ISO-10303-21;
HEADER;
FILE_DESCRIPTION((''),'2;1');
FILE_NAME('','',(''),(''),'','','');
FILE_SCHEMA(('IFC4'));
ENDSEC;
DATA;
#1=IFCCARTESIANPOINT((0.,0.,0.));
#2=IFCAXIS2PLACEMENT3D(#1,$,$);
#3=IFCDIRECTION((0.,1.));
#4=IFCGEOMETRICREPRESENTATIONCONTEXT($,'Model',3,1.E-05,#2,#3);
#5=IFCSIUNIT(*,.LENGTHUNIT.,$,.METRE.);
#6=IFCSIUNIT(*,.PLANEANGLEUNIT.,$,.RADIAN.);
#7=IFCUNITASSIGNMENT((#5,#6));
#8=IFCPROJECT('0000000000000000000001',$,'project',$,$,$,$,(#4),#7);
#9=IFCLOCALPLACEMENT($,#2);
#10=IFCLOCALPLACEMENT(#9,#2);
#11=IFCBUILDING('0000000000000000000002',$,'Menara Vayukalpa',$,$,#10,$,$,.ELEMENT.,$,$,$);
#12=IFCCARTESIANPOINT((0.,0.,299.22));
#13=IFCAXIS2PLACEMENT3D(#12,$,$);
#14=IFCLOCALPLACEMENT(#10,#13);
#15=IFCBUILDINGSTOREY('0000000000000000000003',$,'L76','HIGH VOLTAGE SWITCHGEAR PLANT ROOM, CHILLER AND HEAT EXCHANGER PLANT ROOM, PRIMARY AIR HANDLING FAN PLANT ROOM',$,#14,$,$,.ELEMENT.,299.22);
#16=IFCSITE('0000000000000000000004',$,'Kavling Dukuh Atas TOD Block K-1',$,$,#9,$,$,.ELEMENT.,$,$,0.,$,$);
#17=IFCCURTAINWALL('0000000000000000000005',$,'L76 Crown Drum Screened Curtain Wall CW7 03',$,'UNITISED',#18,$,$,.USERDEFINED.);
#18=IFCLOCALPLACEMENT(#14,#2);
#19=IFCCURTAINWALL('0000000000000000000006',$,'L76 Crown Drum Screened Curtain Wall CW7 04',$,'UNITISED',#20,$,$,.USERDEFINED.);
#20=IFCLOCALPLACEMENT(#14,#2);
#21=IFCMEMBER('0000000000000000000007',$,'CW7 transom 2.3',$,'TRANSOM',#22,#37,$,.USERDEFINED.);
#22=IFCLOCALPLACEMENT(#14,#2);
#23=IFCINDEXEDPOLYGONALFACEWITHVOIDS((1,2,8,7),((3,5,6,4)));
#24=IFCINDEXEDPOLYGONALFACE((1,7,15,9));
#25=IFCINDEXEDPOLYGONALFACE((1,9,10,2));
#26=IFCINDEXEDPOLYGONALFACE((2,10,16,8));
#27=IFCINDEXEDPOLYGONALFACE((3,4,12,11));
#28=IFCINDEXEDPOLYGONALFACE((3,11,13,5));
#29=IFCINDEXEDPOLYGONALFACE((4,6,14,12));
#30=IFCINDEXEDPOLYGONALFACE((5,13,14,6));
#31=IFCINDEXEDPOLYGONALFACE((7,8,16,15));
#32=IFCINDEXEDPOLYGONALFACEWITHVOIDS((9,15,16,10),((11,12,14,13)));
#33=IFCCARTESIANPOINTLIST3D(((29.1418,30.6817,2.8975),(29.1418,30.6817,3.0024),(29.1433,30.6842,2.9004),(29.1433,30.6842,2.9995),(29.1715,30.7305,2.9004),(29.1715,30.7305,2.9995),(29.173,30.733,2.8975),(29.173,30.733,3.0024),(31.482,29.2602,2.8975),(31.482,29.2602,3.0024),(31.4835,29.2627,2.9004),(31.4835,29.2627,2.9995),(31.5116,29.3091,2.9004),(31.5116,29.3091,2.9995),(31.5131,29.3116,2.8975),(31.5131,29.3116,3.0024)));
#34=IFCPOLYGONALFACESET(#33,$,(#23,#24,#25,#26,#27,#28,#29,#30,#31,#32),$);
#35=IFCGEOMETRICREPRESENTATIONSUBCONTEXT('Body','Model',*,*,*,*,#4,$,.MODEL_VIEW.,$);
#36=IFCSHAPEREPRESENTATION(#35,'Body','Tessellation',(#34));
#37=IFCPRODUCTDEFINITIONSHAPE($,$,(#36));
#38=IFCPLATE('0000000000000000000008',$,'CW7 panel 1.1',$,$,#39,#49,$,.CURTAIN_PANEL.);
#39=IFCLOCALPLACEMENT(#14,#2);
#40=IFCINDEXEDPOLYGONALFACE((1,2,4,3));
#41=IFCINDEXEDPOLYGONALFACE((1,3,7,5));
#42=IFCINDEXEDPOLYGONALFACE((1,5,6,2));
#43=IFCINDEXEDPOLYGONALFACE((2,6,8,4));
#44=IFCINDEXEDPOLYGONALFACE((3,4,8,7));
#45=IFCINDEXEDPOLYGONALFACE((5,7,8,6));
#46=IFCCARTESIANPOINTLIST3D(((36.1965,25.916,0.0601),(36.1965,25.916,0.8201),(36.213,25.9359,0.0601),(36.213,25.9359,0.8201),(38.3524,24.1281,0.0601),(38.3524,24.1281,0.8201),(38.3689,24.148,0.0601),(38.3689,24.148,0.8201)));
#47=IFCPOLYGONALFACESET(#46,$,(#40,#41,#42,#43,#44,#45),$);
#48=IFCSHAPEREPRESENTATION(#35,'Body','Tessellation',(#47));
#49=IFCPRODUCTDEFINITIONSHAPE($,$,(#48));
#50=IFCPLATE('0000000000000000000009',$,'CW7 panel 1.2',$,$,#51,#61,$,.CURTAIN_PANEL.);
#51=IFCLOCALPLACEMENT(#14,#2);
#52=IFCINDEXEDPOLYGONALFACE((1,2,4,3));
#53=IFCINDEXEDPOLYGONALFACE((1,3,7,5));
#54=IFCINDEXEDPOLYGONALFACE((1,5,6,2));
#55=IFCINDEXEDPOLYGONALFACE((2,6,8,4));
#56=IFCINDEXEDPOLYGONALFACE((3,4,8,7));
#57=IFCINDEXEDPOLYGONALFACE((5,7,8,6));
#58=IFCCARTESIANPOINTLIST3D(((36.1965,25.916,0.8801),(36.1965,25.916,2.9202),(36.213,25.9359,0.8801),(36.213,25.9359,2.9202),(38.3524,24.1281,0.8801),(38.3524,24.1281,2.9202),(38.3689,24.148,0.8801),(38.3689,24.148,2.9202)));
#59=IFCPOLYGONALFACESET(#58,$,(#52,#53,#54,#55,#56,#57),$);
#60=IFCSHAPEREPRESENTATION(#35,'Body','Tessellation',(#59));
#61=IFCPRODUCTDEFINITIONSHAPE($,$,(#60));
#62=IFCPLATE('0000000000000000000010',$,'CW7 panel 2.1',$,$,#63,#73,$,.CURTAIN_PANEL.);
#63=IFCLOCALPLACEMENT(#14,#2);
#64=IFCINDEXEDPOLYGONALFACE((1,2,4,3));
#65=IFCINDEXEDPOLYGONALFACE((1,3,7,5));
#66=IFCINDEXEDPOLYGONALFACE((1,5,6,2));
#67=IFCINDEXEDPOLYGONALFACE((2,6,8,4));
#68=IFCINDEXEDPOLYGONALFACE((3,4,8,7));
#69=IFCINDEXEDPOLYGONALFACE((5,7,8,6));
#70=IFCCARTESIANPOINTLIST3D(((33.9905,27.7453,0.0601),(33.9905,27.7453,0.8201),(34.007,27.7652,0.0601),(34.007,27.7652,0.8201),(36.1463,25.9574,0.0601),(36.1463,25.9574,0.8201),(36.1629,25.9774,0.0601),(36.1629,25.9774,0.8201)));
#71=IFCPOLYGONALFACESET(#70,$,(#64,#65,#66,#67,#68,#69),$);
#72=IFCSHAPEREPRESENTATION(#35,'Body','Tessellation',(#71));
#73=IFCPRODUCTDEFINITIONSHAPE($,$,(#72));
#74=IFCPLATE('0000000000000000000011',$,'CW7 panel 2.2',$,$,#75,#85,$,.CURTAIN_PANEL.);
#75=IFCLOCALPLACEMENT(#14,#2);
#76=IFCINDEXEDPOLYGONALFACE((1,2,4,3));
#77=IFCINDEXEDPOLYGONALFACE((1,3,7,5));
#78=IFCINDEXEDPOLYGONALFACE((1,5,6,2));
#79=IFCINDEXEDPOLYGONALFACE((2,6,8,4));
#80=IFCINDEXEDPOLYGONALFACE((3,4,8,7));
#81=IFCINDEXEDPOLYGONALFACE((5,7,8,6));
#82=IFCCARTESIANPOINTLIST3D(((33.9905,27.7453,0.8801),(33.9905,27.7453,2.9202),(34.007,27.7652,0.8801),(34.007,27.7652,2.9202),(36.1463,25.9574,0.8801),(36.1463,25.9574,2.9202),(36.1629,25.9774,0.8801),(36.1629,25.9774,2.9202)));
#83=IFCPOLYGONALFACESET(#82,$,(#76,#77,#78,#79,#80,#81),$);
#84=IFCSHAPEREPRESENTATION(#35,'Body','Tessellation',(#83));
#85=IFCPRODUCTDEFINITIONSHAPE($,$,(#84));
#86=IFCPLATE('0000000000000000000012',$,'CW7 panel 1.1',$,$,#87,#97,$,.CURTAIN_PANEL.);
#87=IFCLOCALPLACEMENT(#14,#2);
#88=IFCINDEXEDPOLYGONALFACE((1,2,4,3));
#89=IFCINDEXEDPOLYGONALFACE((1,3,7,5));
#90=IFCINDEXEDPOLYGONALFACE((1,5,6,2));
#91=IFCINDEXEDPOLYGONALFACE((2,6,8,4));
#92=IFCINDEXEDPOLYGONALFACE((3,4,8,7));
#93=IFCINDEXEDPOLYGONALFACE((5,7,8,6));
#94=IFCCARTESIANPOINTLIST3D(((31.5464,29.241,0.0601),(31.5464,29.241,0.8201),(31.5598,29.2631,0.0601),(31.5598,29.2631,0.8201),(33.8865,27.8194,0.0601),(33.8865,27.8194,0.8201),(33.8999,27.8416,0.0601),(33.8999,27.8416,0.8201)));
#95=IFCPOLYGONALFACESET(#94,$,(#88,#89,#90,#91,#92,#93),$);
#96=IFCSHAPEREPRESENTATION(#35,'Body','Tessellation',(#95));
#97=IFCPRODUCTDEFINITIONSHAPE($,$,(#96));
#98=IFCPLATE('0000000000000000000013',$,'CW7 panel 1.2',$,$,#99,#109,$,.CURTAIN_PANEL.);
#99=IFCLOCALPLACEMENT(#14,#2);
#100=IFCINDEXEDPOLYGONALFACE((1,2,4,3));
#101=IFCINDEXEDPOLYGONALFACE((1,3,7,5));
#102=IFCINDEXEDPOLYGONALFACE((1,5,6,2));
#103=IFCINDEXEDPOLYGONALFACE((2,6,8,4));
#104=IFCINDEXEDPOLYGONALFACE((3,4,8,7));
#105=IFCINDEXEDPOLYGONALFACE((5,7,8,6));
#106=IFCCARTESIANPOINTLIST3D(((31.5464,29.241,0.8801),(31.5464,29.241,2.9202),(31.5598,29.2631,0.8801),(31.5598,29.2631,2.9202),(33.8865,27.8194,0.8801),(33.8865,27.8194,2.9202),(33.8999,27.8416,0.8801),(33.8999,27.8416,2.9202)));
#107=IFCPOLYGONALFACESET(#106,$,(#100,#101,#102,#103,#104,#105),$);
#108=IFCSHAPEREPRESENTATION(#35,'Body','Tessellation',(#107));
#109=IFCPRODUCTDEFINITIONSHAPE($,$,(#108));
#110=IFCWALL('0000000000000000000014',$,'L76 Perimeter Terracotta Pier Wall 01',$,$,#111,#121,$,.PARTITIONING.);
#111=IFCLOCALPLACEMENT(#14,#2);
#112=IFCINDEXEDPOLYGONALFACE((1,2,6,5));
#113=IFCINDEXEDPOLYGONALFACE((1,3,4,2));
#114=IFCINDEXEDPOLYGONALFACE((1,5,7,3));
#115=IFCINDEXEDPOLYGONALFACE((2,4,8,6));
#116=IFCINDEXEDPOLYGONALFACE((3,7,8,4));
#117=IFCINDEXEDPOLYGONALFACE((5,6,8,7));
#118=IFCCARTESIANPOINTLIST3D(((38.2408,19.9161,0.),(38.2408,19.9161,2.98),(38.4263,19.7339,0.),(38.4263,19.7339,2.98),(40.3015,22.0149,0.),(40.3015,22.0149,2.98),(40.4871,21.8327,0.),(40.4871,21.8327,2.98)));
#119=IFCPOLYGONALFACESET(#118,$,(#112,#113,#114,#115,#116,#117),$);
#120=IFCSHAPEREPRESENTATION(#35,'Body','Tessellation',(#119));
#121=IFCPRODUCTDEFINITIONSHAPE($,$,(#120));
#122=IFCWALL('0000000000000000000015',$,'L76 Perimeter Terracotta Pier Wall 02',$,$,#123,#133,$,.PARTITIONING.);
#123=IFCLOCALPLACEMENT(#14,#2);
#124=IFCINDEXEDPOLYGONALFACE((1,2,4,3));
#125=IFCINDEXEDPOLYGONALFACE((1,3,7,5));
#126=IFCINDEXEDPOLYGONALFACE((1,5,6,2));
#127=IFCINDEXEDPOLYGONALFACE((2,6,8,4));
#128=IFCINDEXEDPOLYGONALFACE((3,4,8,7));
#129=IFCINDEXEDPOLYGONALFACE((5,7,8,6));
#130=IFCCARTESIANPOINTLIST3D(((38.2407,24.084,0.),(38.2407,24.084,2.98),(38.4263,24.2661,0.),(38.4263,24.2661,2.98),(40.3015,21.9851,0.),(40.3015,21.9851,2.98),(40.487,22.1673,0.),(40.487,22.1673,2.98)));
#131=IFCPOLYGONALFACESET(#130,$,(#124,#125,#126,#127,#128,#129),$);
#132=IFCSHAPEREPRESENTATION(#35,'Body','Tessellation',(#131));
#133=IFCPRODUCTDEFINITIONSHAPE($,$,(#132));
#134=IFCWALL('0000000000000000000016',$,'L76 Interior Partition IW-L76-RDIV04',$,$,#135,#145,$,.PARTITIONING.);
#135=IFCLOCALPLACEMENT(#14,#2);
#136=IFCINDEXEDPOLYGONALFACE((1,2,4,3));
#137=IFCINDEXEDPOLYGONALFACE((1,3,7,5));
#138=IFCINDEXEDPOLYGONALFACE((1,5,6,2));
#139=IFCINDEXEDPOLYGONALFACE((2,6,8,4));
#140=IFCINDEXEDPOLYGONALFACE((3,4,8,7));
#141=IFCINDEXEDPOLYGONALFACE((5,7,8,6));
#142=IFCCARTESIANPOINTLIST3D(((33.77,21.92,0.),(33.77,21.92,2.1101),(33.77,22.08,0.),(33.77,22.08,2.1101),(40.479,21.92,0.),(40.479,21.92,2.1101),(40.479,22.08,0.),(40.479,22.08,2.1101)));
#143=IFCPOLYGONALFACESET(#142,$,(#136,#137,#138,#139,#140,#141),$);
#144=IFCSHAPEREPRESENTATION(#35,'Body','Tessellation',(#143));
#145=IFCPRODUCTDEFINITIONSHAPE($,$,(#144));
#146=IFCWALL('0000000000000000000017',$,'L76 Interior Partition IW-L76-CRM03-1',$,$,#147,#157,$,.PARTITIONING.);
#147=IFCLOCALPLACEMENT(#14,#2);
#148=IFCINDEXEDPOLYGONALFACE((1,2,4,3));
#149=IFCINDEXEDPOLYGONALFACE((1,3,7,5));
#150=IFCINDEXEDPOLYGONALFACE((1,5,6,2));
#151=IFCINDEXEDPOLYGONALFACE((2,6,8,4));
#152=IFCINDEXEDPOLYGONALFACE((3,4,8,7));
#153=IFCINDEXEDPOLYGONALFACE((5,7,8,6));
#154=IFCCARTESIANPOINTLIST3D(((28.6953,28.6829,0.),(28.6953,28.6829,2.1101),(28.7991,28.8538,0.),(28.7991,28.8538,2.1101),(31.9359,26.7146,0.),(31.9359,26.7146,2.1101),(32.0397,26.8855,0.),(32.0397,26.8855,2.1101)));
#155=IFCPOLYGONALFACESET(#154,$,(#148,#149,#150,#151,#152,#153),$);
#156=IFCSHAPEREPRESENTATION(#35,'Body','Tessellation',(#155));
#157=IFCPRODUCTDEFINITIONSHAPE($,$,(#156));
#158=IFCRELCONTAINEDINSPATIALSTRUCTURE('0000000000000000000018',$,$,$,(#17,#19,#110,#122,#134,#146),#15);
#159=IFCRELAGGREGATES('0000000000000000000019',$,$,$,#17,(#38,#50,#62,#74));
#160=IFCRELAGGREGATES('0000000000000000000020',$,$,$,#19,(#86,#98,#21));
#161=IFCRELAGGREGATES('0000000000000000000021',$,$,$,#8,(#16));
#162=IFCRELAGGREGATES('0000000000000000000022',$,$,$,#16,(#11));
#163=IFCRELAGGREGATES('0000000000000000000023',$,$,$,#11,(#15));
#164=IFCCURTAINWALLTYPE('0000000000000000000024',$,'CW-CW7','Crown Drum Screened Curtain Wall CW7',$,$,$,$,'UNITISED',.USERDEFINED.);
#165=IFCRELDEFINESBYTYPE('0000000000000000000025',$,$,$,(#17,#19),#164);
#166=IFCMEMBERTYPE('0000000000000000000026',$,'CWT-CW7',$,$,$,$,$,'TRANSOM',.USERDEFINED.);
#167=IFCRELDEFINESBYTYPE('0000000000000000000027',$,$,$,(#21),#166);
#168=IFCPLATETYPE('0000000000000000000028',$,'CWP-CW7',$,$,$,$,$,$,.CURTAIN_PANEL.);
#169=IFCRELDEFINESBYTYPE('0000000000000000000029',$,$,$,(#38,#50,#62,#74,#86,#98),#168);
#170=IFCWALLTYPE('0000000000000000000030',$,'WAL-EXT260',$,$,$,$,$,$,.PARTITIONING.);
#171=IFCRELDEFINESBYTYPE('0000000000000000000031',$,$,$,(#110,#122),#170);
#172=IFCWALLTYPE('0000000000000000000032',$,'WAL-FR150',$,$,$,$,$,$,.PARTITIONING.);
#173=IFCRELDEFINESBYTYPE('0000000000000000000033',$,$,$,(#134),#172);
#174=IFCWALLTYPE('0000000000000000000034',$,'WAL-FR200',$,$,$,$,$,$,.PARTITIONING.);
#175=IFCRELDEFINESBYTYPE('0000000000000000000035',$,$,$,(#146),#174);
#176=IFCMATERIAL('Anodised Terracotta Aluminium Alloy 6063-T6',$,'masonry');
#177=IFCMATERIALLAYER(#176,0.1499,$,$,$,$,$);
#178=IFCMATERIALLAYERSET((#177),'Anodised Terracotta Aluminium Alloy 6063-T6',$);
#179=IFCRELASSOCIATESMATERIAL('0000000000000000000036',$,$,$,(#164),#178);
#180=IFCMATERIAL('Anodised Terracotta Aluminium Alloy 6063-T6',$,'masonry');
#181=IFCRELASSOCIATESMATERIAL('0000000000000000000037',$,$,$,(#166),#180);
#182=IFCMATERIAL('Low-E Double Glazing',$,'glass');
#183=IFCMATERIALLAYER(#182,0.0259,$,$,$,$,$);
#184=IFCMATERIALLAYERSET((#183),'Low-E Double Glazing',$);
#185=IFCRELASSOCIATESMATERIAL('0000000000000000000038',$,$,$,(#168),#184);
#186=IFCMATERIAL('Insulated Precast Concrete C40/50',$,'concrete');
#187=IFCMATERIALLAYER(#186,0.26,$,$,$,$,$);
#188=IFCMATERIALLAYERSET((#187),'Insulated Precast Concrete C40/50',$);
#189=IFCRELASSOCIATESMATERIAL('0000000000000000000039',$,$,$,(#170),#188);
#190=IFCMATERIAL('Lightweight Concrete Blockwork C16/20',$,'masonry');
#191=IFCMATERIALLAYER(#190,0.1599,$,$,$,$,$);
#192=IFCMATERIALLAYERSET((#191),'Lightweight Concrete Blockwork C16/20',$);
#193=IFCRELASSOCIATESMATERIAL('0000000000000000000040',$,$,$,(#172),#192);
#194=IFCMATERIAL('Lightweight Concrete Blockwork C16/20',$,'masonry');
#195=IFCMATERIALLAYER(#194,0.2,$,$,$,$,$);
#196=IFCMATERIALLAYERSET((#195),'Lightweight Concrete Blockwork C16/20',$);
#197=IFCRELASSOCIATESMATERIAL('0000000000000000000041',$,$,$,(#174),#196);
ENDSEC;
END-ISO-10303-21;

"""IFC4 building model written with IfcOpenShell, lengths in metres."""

from ifc_helpers import new_model, si_unit, direction, frame, frame_2d, origin, origin_2d, place, context, subcontext, project, spatial, rectangle, hollow_rectangle, extrude, material, layer, layer_set, material_profile, profile_set, type_object, element, aggregate, save


model = new_model("IFC4")

# Units and contexts
model_context = context("Model", 3, precision=1e-05, world=origin(), true_north=direction((0.0, 1.0)))
body_context = subcontext(model_context, "Body", "Model", "MODEL_VIEW")
ifc_project = project(units=[si_unit("LENGTHUNIT", "METRE"), si_unit("PLANEANGLEUNIT", "RADIAN")], contexts=[model_context])

# Site, building, storey
site_placement = place(None, origin())
site = spatial("IfcSite", under=ifc_project, at=site_placement, Name="Kavling Dukuh Atas TOD Block K-1", CompositionType="ELEMENT", RefElevation=0.0)
building_placement = place(site_placement, origin())
building = spatial("IfcBuilding", under=site, at=building_placement, Name="Menara Vayukalpa", CompositionType="ELEMENT")
storey_placement = place(building_placement, frame((0.0, 0.0, 299.22)))
storey = spatial("IfcBuildingStorey", under=building, at=storey_placement, Name="L76", Description="HIGH VOLTAGE SWITCHGEAR PLANT ROOM, CHILLER AND HEAT EXCHANGER PLANT ROOM, PRIMARY AIR HANDLING FAN PLANT ROOM", CompositionType="ELEMENT", Elevation=299.22)

# Curtain walls
ifc_material_1 = material(Name="Anodised Terracotta Aluminium Alloy 6063-T6", Category="masonry")
ifc_layer_1 = layer(ifc_material_1, 0.1499)
ifc_layer_set_1 = layer_set([ifc_layer_1], Name="Anodised Terracotta Aluminium Alloy 6063-T6")
curtain_wall_type = type_object("IfcCurtainWallType", Name="CW-CW7", Description="Crown Drum Screened Curtain Wall CW7", ElementType="UNITISED", PredefinedType="USERDEFINED", material=ifc_layer_set_1)
curtain_wall_1_placement = place(storey_placement, origin())
curtain_wall_1 = element("IfcCurtainWall", 1, at=curtain_wall_1_placement, inside=storey, type_object=curtain_wall_type, Name="L76 Crown Drum Screened Curtain Wall CW7 03", ObjectType="UNITISED", PredefinedType="USERDEFINED")
curtain_wall_2_placement = place(storey_placement, origin())
curtain_wall_2 = element("IfcCurtainWall", 2, at=curtain_wall_2_placement, inside=storey, type_object=curtain_wall_type, Name="L76 Crown Drum Screened Curtain Wall CW7 04", ObjectType="UNITISED", PredefinedType="USERDEFINED")

# Member
ifc_material_2 = material(Name="Anodised Terracotta Aluminium Alloy 6063-T6", Category="masonry")
ifc_material_profile_1 = material_profile(ifc_material_2, hollow_rectangle(XDim=0.0601, YDim=0.105, WallThickness=0.0029, at=origin_2d()), Name="ALU 60x105x3")
ifc_profile_set_1 = profile_set([ifc_material_profile_1], Name="Anodised Terracotta Aluminium Alloy 6063-T6")
member_type_1 = type_object("IfcMemberType", Name="CWT-CW7", ElementType="TRANSOM", PredefinedType="USERDEFINED", material=ifc_profile_set_1)
member_1_placement = place(storey_placement, frame((31.4976, 29.2859, 2.95), z_axis=(-0.854687, 0.519143, 0.0), x_axis=(-0.519143, -0.854687, 0.0)))
member_1 = element("IfcMember", 3, at=member_1_placement, type_object=member_type_1, Name="CW7 transom 2.3", ObjectType="TRANSOM", PredefinedType="USERDEFINED", context=body_context, shape_type="SweptSolid", body=[
    extrude(hollow_rectangle(XDim=0.0601, YDim=0.105, WallThickness=0.0029, at=origin_2d()), origin(), (0.0, 0.0, 1.0), 2.738),
])

# Plates
ifc_material_3 = material(Name="Low-E Double Glazing", Category="glass")
ifc_layer_2 = layer(ifc_material_3, 0.0259)
ifc_layer_set_2 = layer_set([ifc_layer_2], Name="Low-E Double Glazing")
plate_type = type_object("IfcPlateType", Name="CWP-CW7", PredefinedType="CURTAIN_PANEL", material=ifc_layer_set_2)
plate_1_placement = place(storey_placement, frame((37.2827, 25.032, 0.0601), z_axis=(0.0, 0.0, 1.0), x_axis=(-0.769749, 0.638347, 0.0)))
plate_1 = element("IfcPlate", 4, at=plate_1_placement, type_object=plate_type, Name="CW7 panel 1.1", PredefinedType="CURTAIN_PANEL", context=body_context, shape_type="SweptSolid", body=[
    extrude(rectangle(XDim=2.8008, YDim=0.0259, at=origin_2d()), origin(), (0.0, 0.0, 1.0), 0.76),
])
plate_2_placement = place(storey_placement, frame((37.2827, 25.032, 0.8801), z_axis=(0.0, 0.0, 1.0), x_axis=(-0.769749, 0.638347, 0.0)))
plate_2 = element("IfcPlate", 5, at=plate_2_placement, type_object=plate_type, Name="CW7 panel 1.2", PredefinedType="CURTAIN_PANEL", context=body_context, shape_type="SweptSolid", body=[
    extrude(rectangle(XDim=2.8008, YDim=0.0259, at=origin_2d()), origin(), (0.0, 0.0, 1.0), 2.04),
])
plate_3_placement = place(storey_placement, frame((35.0767, 26.8613, 0.0601), z_axis=(0.0, 0.0, 1.0), x_axis=(-0.769749, 0.638347, 0.0)))
plate_3 = element("IfcPlate", 6, at=plate_3_placement, type_object=plate_type, Name="CW7 panel 2.1", PredefinedType="CURTAIN_PANEL", context=body_context, shape_type="SweptSolid", body=[
    extrude(rectangle(XDim=2.8008, YDim=0.0259, at=origin_2d()), origin(), (0.0, 0.0, 1.0), 0.76),
])
plate_4_placement = place(storey_placement, frame((35.0767, 26.8613, 0.8801), z_axis=(0.0, 0.0, 1.0), x_axis=(-0.769749, 0.638347, 0.0)))
plate_4 = element("IfcPlate", 7, at=plate_4_placement, type_object=plate_type, Name="CW7 panel 2.2", PredefinedType="CURTAIN_PANEL", context=body_context, shape_type="SweptSolid", body=[
    extrude(rectangle(XDim=2.8008, YDim=0.0259, at=origin_2d()), origin(), (0.0, 0.0, 1.0), 2.04),
])
aggregate(curtain_wall_1, [plate_1, plate_2, plate_3, plate_4])
plate_5_placement = place(storey_placement, frame((32.7231, 28.5413, 0.0601), z_axis=(0.0, 0.0, 1.0), x_axis=(-0.854667, 0.519176, 0.0)))
plate_5 = element("IfcPlate", 8, at=plate_5_placement, type_object=plate_type, Name="CW7 panel 1.1", PredefinedType="CURTAIN_PANEL", context=body_context, shape_type="SweptSolid", body=[
    extrude(rectangle(XDim=2.738, YDim=0.0259, at=origin_2d()), origin(), (0.0, 0.0, 1.0), 0.76),
])
plate_6_placement = place(storey_placement, frame((32.7231, 28.5413, 0.8801), z_axis=(0.0, 0.0, 1.0), x_axis=(-0.854667, 0.519176, 0.0)))
plate_6 = element("IfcPlate", 9, at=plate_6_placement, type_object=plate_type, Name="CW7 panel 1.2", PredefinedType="CURTAIN_PANEL", context=body_context, shape_type="SweptSolid", body=[
    extrude(rectangle(XDim=2.738, YDim=0.0259, at=origin_2d()), origin(), (0.0, 0.0, 1.0), 2.04),
])
aggregate(curtain_wall_2, [plate_5, plate_6, member_1])

# Walls
ifc_material_4 = material(Name="Insulated Precast Concrete C40/50", Category="concrete")
ifc_layer_3 = layer(ifc_material_4, 0.26)
ifc_layer_set_3 = layer_set([ifc_layer_3], Name="Insulated Precast Concrete C40/50")
wall_type_1 = type_object("IfcWallType", Name="WAL-EXT260", PredefinedType="PARTITIONING", material=ifc_layer_set_3)
for number, where, z_axis, x_axis, name in (
    (10, (40.3943, 21.9238, 0.0), (0.0, 0.0, 1.0), (-0.700603, -0.713551, 0.0), "L76 Perimeter Terracotta Pier Wall 01"),
    (11, (38.3335, 24.175, 0.0), (0.0, 0.0, 1.0), (0.700603, -0.713551, 0.0), "L76 Perimeter Terracotta Pier Wall 02"),
):
    element("IfcWall", number, at=place(storey_placement, frame(where, z_axis=z_axis, x_axis=x_axis)), inside=storey, type_object=wall_type_1, Name=name, PredefinedType="PARTITIONING", context=body_context, shape_type="SweptSolid", body=[
        extrude(rectangle(XDim=2.9414, YDim=0.26, at=frame_2d((1.4707, 0.0))), origin(), (0.0, 0.0, 1.0), 2.98),
    ])
ifc_material_5 = material(Name="Lightweight Concrete Blockwork C16/20", Category="masonry")
ifc_layer_4 = layer(ifc_material_5, 0.1599)
ifc_layer_set_4 = layer_set([ifc_layer_4], Name="Lightweight Concrete Blockwork C16/20")
wall_type_2 = type_object("IfcWallType", Name="WAL-FR150", PredefinedType="PARTITIONING", material=ifc_layer_set_4)
wall_1_placement = place(storey_placement, frame((33.77, 22.0, 0.0), z_axis=(0.0, 0.0, 1.0), x_axis=(1.0, 0.0, 0.0)))
element("IfcWall", 12, at=wall_1_placement, inside=storey, type_object=wall_type_2, Name="L76 Interior Partition IW-L76-RDIV04", PredefinedType="PARTITIONING", context=body_context, shape_type="SweptSolid", body=[
    extrude(rectangle(XDim=6.709, YDim=0.1599, at=frame_2d((3.3545, 0.0))), origin(), (0.0, 0.0, 1.0), 2.1101),
])
ifc_material_6 = material(Name="Lightweight Concrete Blockwork C16/20", Category="masonry")
ifc_layer_5 = layer(ifc_material_6, 0.2)
ifc_layer_set_5 = layer_set([ifc_layer_5], Name="Lightweight Concrete Blockwork C16/20")
wall_type_3 = type_object("IfcWallType", Name="WAL-FR200", PredefinedType="PARTITIONING", material=ifc_layer_set_5)
wall_2_placement = place(storey_placement, frame((31.9878, 26.8, 0.0), z_axis=(0.0, 0.0, 1.0), x_axis=(-0.854691, 0.519138, 0.0)))
element("IfcWall", 13, at=wall_2_placement, inside=storey, type_object=wall_type_3, Name="L76 Interior Partition IW-L76-CRM03-1", PredefinedType="PARTITIONING", context=body_context, shape_type="SweptSolid", body=[
    extrude(rectangle(XDim=3.7915, YDim=0.2, at=frame_2d((1.8958, 0.0))), origin(), (0.0, 0.0, 1.0), 2.1101),
])

save(model, "model.ifc")
